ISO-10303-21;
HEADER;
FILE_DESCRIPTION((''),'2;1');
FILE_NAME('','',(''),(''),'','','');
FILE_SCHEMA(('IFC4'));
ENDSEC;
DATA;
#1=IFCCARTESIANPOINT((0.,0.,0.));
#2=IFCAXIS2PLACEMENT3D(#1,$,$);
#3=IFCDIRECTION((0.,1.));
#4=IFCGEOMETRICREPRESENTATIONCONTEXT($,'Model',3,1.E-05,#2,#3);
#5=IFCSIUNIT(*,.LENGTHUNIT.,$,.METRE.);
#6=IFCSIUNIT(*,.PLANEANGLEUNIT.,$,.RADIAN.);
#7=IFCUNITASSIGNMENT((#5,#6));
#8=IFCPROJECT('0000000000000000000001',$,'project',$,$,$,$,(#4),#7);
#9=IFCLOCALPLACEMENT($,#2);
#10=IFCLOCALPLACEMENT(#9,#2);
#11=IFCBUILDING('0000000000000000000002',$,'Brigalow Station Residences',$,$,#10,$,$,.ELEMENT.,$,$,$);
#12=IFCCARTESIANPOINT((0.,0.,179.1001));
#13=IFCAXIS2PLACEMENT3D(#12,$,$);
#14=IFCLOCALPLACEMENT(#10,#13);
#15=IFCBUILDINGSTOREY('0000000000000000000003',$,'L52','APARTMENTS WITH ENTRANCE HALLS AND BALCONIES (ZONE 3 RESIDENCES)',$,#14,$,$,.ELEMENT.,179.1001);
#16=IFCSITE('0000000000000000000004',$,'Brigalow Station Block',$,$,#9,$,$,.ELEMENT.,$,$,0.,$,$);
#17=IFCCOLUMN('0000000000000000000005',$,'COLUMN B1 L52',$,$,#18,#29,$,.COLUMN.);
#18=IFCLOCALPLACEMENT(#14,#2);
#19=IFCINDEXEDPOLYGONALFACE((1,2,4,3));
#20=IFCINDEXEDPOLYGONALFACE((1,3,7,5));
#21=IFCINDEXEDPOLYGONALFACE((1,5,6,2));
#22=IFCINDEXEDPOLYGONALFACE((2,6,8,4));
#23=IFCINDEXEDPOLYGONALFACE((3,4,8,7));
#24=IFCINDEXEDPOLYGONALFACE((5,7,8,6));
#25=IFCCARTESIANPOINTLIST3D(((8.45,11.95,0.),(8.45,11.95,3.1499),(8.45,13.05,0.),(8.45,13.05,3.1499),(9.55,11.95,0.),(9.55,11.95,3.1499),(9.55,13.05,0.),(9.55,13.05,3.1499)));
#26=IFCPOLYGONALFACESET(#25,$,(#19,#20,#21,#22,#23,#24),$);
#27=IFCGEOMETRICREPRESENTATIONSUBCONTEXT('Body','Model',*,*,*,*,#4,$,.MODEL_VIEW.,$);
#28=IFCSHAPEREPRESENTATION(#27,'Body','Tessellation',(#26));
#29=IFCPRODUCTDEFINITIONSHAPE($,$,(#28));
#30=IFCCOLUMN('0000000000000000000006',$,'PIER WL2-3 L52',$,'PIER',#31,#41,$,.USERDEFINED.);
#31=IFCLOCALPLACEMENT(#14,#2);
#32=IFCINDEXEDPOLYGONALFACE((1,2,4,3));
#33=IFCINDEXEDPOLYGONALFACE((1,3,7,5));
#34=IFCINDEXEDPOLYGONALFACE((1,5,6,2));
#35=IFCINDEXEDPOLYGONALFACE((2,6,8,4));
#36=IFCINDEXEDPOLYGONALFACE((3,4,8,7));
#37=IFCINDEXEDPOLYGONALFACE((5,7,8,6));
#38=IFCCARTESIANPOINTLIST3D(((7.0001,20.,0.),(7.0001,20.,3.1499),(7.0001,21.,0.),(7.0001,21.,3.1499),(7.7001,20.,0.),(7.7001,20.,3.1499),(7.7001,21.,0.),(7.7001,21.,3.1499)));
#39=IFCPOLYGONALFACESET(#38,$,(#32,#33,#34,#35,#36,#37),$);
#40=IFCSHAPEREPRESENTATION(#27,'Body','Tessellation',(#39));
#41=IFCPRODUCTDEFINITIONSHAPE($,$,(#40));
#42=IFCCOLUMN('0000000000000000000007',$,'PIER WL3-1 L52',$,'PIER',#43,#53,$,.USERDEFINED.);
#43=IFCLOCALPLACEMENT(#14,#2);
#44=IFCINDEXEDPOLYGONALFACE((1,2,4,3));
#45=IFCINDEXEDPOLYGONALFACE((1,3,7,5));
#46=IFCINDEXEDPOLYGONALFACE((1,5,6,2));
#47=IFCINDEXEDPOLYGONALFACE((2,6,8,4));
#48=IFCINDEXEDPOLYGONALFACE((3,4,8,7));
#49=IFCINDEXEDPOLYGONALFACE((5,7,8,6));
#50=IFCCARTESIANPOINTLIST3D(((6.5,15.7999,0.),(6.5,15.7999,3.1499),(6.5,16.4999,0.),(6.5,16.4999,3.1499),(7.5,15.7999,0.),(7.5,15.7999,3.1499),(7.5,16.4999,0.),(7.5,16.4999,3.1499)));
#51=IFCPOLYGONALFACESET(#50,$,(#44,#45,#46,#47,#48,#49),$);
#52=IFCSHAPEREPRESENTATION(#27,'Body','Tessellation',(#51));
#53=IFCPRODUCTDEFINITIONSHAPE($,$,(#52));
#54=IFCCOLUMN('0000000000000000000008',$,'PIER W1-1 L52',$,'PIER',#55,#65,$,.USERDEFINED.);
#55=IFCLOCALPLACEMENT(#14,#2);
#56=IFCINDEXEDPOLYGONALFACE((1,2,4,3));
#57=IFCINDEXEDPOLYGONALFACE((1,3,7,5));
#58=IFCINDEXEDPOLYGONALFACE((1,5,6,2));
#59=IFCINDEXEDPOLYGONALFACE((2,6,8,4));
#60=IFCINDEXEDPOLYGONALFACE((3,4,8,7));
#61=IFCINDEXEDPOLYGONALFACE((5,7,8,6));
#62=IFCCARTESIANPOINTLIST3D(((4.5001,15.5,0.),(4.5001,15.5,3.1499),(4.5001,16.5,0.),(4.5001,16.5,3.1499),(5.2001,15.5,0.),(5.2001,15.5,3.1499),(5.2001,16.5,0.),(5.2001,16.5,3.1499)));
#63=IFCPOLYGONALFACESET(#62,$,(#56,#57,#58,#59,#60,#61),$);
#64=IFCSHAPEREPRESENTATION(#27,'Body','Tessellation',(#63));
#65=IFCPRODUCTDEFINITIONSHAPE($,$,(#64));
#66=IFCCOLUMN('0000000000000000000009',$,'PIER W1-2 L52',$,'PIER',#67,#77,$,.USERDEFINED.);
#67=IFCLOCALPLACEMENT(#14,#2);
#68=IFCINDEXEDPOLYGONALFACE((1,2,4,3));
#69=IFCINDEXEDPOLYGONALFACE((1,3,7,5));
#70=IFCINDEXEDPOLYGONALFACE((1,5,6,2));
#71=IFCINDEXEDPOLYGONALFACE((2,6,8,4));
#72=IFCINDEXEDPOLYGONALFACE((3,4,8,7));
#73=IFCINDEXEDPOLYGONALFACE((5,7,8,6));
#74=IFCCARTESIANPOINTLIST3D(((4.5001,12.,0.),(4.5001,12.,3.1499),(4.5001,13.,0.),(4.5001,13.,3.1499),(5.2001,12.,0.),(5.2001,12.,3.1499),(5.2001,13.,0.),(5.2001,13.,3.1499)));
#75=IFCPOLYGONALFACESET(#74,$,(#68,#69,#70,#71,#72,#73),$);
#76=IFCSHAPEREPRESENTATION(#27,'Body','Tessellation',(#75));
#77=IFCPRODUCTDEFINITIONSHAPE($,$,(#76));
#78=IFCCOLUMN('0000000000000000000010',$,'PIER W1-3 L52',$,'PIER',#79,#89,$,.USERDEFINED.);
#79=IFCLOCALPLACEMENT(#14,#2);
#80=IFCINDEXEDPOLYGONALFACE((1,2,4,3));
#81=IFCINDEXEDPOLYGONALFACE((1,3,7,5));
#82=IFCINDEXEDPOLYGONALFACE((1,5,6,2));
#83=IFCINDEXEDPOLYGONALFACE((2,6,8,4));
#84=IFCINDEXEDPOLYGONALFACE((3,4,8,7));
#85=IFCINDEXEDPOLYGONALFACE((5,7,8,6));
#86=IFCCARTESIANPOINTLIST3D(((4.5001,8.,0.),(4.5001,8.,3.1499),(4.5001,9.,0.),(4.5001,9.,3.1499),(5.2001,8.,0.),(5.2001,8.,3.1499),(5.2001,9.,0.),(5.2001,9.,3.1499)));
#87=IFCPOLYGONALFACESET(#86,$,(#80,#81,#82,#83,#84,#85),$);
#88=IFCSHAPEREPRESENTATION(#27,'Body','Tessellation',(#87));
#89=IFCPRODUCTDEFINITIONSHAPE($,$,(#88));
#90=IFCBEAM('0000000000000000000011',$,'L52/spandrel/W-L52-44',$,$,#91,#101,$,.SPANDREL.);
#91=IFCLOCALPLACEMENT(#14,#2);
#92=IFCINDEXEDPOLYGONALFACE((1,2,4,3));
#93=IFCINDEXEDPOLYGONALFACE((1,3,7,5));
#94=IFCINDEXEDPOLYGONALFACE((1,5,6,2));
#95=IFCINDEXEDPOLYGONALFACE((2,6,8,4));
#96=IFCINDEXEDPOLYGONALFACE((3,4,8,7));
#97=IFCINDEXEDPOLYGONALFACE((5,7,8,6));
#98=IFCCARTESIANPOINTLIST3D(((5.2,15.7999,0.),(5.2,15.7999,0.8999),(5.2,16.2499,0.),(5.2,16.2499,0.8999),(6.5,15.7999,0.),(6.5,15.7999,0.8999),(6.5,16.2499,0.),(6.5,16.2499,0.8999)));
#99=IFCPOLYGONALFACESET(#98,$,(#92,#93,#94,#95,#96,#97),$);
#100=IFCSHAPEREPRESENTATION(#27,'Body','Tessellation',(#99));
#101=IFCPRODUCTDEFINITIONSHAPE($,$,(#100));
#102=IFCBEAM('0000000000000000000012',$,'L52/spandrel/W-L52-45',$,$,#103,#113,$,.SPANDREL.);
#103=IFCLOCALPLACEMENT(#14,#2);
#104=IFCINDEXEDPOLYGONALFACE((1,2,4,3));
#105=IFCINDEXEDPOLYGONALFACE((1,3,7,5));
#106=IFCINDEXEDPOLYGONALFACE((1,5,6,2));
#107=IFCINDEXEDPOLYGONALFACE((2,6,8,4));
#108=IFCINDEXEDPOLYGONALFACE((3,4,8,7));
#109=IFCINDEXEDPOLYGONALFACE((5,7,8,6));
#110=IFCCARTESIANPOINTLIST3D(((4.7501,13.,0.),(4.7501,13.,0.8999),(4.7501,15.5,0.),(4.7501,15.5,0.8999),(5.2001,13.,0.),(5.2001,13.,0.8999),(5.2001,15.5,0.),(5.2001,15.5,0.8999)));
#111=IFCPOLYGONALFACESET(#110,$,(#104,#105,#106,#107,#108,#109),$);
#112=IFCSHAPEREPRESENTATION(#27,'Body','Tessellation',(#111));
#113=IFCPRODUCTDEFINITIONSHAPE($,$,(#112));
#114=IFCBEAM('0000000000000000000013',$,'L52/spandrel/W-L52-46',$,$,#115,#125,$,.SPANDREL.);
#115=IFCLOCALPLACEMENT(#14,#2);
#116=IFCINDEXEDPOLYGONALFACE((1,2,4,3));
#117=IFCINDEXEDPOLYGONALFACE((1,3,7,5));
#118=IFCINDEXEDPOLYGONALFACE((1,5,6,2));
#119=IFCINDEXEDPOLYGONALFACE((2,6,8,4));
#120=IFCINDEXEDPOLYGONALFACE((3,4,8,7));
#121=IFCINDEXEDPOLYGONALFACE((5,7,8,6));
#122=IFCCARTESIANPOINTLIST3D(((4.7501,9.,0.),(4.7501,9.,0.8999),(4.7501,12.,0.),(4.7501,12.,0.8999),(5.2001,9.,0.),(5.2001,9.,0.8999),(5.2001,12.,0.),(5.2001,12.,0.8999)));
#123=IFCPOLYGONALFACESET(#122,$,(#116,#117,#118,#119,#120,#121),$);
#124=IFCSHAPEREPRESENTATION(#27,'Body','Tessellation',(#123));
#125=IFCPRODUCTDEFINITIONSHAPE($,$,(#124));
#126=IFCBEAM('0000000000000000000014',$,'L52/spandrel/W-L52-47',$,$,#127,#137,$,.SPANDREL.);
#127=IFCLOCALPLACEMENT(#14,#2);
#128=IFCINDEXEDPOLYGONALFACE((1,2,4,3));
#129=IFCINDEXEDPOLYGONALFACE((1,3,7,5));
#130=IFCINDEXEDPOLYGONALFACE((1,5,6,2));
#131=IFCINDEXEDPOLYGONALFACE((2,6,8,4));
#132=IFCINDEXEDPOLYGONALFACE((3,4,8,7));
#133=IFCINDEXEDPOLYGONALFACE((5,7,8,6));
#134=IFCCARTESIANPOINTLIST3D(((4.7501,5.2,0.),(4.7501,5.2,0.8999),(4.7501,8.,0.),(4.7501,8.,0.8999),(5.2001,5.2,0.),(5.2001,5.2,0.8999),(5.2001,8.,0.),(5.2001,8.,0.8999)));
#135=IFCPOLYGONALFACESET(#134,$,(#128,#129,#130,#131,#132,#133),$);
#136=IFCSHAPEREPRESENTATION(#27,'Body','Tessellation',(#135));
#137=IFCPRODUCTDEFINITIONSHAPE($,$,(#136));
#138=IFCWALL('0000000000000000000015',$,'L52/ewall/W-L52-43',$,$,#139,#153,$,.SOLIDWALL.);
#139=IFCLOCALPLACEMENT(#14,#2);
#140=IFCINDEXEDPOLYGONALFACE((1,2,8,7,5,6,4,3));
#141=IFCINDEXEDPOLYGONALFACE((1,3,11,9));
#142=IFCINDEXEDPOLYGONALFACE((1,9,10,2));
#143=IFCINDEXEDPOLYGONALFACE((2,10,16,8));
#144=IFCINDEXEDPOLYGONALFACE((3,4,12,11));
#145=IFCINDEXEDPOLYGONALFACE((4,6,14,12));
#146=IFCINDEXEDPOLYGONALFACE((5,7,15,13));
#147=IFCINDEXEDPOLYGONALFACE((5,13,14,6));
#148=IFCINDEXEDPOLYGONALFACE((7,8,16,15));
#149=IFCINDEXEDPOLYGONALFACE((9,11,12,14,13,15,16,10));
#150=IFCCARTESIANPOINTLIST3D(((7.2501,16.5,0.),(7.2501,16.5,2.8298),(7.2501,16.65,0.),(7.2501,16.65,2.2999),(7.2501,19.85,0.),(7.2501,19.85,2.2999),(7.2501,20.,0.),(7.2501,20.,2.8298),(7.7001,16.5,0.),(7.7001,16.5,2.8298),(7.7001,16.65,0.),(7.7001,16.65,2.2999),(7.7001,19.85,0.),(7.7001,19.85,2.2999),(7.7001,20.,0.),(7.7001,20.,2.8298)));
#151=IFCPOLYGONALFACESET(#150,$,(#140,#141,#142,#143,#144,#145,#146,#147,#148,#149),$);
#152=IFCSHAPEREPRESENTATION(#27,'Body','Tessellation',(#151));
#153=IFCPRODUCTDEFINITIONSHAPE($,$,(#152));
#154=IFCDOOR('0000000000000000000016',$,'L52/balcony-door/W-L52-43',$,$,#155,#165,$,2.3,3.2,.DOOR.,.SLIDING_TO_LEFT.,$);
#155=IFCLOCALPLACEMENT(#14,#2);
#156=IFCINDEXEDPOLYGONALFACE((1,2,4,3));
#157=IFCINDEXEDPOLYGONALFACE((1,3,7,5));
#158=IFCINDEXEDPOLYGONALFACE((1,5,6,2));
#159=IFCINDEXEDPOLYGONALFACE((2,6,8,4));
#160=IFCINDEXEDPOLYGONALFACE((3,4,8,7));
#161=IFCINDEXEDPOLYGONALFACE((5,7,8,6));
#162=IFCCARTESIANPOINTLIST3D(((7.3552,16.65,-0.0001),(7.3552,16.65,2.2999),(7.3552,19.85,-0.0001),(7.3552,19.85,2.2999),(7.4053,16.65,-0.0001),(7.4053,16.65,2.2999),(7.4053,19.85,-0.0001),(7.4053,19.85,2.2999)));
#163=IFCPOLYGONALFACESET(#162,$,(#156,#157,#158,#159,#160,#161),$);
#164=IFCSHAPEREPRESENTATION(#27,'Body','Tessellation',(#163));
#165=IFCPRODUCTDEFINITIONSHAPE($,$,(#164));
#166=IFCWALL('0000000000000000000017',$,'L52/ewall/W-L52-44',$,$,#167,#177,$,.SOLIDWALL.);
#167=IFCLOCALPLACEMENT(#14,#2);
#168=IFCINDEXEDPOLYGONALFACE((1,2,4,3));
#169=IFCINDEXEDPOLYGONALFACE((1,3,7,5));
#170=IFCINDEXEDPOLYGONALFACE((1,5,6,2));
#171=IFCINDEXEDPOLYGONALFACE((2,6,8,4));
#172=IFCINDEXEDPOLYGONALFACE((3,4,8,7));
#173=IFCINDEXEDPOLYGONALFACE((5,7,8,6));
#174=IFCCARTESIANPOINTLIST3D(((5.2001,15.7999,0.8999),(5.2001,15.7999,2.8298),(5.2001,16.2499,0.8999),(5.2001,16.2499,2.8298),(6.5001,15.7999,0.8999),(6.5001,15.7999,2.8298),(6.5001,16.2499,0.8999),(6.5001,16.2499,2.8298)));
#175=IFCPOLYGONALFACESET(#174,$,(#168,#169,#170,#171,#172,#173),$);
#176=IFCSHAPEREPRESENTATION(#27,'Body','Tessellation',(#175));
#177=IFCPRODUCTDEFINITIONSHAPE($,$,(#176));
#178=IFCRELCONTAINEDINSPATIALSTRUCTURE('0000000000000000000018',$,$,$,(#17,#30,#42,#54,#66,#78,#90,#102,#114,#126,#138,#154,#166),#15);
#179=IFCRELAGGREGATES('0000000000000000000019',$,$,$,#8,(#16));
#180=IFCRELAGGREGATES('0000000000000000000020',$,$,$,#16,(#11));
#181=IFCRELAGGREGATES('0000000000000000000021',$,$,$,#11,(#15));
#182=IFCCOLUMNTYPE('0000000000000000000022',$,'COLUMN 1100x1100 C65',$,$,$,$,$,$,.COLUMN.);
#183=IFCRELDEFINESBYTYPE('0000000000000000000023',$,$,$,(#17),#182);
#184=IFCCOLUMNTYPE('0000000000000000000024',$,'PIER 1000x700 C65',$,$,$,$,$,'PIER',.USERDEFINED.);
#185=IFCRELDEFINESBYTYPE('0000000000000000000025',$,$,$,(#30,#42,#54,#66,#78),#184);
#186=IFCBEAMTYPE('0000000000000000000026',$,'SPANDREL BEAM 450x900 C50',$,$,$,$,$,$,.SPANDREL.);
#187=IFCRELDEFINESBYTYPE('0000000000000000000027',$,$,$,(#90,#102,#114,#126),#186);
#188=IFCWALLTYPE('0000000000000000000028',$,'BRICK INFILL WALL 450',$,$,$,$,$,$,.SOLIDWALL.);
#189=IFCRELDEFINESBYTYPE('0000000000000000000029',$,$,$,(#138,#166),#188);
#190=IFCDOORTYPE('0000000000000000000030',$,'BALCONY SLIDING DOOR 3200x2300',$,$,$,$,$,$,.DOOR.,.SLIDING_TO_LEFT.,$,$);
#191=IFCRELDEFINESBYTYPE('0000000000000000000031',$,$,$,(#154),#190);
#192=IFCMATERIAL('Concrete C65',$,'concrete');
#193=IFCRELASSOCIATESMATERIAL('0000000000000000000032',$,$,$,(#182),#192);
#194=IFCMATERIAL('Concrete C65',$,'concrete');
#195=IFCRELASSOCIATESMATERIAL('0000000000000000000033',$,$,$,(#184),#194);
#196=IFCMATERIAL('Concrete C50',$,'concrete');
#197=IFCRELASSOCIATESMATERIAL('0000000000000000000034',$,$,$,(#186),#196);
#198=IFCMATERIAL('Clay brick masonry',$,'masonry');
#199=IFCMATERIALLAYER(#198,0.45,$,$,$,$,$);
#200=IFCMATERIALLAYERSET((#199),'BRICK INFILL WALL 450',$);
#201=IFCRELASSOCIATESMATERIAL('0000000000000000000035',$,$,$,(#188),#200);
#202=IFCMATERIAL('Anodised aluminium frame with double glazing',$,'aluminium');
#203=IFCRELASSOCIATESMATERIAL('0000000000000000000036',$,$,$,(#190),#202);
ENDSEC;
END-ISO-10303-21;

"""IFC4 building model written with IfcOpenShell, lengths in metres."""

from ifc_helpers import new_model, si_unit, direction, frame, frame_2d, origin, origin_2d, place, context, subcontext, project, spatial, rectangle, extrude, material, layer, layer_set, material_profile, profile_set, type_object, element, fill, save


model = new_model("IFC4")

# Units and contexts
model_context = context("Model", 3, precision=1e-05, world=origin(), true_north=direction((0.0, 1.0)))
body_context = subcontext(model_context, "Body", "Model", "MODEL_VIEW")
ifc_project = project(units=[si_unit("LENGTHUNIT", "METRE"), si_unit("PLANEANGLEUNIT", "RADIAN")], contexts=[model_context])

# Site, building, storey
site_placement = place(None, origin())
site = spatial("IfcSite", under=ifc_project, at=site_placement, Name="Brigalow Station Block", CompositionType="ELEMENT", RefElevation=0.0)
building_placement = place(site_placement, origin())
building = spatial("IfcBuilding", under=site, at=building_placement, Name="Brigalow Station Residences", CompositionType="ELEMENT")
storey_placement = place(building_placement, frame((0.0, 0.0, 179.1001)))
storey = spatial("IfcBuildingStorey", under=building, at=storey_placement, Name="L52", Description="APARTMENTS WITH ENTRANCE HALLS AND BALCONIES (ZONE 3 RESIDENCES)", CompositionType="ELEMENT", Elevation=179.1001)

# Columns
ifc_material_1 = material(Name="Concrete C65", Category="concrete")
ifc_material_profile_1 = material_profile(ifc_material_1, rectangle(XDim=1.1001, YDim=1.1001, at=origin_2d()), Name="RC1100x1100")
ifc_profile_set_1 = profile_set([ifc_material_profile_1], Name="Concrete C65")
column_type_1 = type_object("IfcColumnType", Name="COLUMN 1100x1100 C65", PredefinedType="COLUMN", material=ifc_profile_set_1)
column_placement = place(storey_placement, frame((9.0, 12.5, 0.0), z_axis=(0.0, 0.0, 1.0), x_axis=(1.0, 0.0, 0.0)))
element("IfcColumn", 1, at=column_placement, inside=storey, type_object=column_type_1, Name="COLUMN B1 L52", PredefinedType="COLUMN", context=body_context, shape_type="SweptSolid", body=[
    extrude(rectangle(XDim=1.1001, YDim=1.1001, at=origin_2d()), origin(), (0.0, 0.0, 1.0), 3.1499),
])
ifc_material_2 = material(Name="Concrete C65", Category="concrete")
ifc_material_profile_2 = material_profile(ifc_material_2, rectangle(XDim=1.0, YDim=0.7, at=origin_2d()), Name="RC1000x700")
ifc_profile_set_2 = profile_set([ifc_material_profile_2], Name="Concrete C65")
column_type_2 = type_object("IfcColumnType", Name="PIER 1000x700 C65", ElementType="PIER", PredefinedType="USERDEFINED", material=ifc_profile_set_2)
for number, where, z_axis, x_axis, name in (
    (2, (7.3501, 20.5, 0.0), (0.0, 0.0, 1.0), (0.0, -1.0, 0.0), "PIER WL2-3 L52"),
    (3, (7.0, 16.1499, 0.0), (0.0, 0.0, 1.0), (-1.0, 0.0, 0.0), "PIER WL3-1 L52"),
    (4, (4.8501, 16.0, 0.0), (0.0, 0.0, 1.0), (0.0, -1.0, 0.0), "PIER W1-1 L52"),
    (5, (4.8501, 12.5, 0.0), (0.0, 0.0, 1.0), (0.0, -1.0, 0.0), "PIER W1-2 L52"),
    (6, (4.8501, 8.5, 0.0), (0.0, 0.0, 1.0), (0.0, -1.0, 0.0), "PIER W1-3 L52"),
):
    element("IfcColumn", number, at=place(storey_placement, frame(where, z_axis=z_axis, x_axis=x_axis)), inside=storey, type_object=column_type_2, Name=name, ObjectType="PIER", PredefinedType="USERDEFINED", context=body_context, shape_type="SweptSolid", body=[
        extrude(rectangle(XDim=1.0, YDim=0.7, at=origin_2d()), origin(), (0.0, 0.0, 1.0), 3.1499),
    ])

# Beams
ifc_material_3 = material(Name="Concrete C50", Category="concrete")
ifc_material_profile_3 = material_profile(ifc_material_3, rectangle(XDim=0.45, YDim=0.8999, at=origin_2d()), Name="RC450x900")
ifc_profile_set_3 = profile_set([ifc_material_profile_3], Name="Concrete C50")
beam_type = type_object("IfcBeamType", Name="SPANDREL BEAM 450x900 C50", PredefinedType="SPANDREL", material=ifc_profile_set_3)
beam_1_placement = place(storey_placement, frame((6.5, 16.0249, 0.45), z_axis=(-1.0, 0.0, 0.0), x_axis=(0.0, -1.0, 0.0)))
element("IfcBeam", 7, at=beam_1_placement, inside=storey, type_object=beam_type, Name="L52/spandrel/W-L52-44", PredefinedType="SPANDREL", context=body_context, shape_type="SweptSolid", body=[
    extrude(rectangle(XDim=0.45, YDim=0.8999, at=origin_2d()), origin(), (0.0, 0.0, 1.0), 1.3),
])
beam_2_placement = place(storey_placement, frame((4.9751, 15.5, 0.45), z_axis=(0.0, -1.0, 0.0), x_axis=(1.0, 0.0, 0.0)))
element("IfcBeam", 8, at=beam_2_placement, inside=storey, type_object=beam_type, Name="L52/spandrel/W-L52-45", PredefinedType="SPANDREL", context=body_context, shape_type="SweptSolid", body=[
    extrude(rectangle(XDim=0.45, YDim=0.8999, at=origin_2d()), origin(), (0.0, 0.0, 1.0), 2.5),
])
beam_3_placement = place(storey_placement, frame((4.9751, 12.0, 0.45), z_axis=(0.0, -1.0, 0.0), x_axis=(1.0, 0.0, 0.0)))
element("IfcBeam", 9, at=beam_3_placement, inside=storey, type_object=beam_type, Name="L52/spandrel/W-L52-46", PredefinedType="SPANDREL", context=body_context, shape_type="SweptSolid", body=[
    extrude(rectangle(XDim=0.45, YDim=0.8999, at=origin_2d()), origin(), (0.0, 0.0, 1.0), 3.0),
])
beam_4_placement = place(storey_placement, frame((4.9751, 8.0, 0.45), z_axis=(0.0, -1.0, 0.0), x_axis=(1.0, 0.0, 0.0)))
element("IfcBeam", 10, at=beam_4_placement, inside=storey, type_object=beam_type, Name="L52/spandrel/W-L52-47", PredefinedType="SPANDREL", context=body_context, shape_type="SweptSolid", body=[
    extrude(rectangle(XDim=0.45, YDim=0.8999, at=origin_2d()), origin(), (0.0, 0.0, 1.0), 2.8),
])

# Wall, opening, door
ifc_material_4 = material(Name="Clay brick masonry", Category="masonry")
ifc_layer_1 = layer(ifc_material_4, 0.45)
ifc_layer_set_1 = layer_set([ifc_layer_1], Name="BRICK INFILL WALL 450")
wall_type_1 = type_object("IfcWallType", Name="BRICK INFILL WALL 450", PredefinedType="SOLIDWALL", material=ifc_layer_set_1)
wall_1_placement = place(storey_placement, frame((7.4751, 20.0, 0.0), z_axis=(0.0, 0.0, 1.0), x_axis=(0.0, -1.0, 0.0)))
wall_1 = element("IfcWall", 11, at=wall_1_placement, inside=storey, type_object=wall_type_1, Name="L52/ewall/W-L52-43", PredefinedType="SOLIDWALL", context=body_context, shape_type="SweptSolid", body=[
    extrude(rectangle(XDim=3.5, YDim=0.45, at=frame_2d((1.75, 0.0))), origin(), (0.0, 0.0, 1.0), 2.8298),
])
opening_1_placement = place(wall_1_placement, frame((0.1499, 0.0, 0.0)))
opening_1 = element("IfcOpeningElement", 12, at=opening_1_placement, cuts=wall_1, PredefinedType="OPENING", context=body_context, shape_type="SweptSolid", body=[
    extrude(rectangle(XDim=3.2, YDim=2.3, at=frame_2d((1.6001, 1.1499))), frame((0.0, 0.2349, 0.0), z_axis=(0.0, -1.0, 0.0), x_axis=(1.0, 0.0, 0.0)), (0.0, 0.0, 1.0), 0.47),
])
ifc_material_5 = material(Name="Anodised aluminium frame with double glazing", Category="aluminium")
door_type_1 = type_object("IfcDoorType", Name="BALCONY SLIDING DOOR 3200x2300", OperationType="SLIDING_TO_LEFT", PredefinedType="DOOR", material=ifc_material_5)
door_1_placement = place(opening_1_placement, origin())
door_1 = element("IfcDoor", 13, at=door_1_placement, inside=storey, type_object=door_type_1, Name="L52/balcony-door/W-L52-43", OperationType="SLIDING_TO_LEFT", OverallHeight=2.3, OverallWidth=3.2, PredefinedType="DOOR", context=body_context, shape_type="SweptSolid", body=[
    extrude(rectangle(XDim=3.2, YDim=2.3, at=frame_2d((1.6001, 1.1499))), frame((0.0, -0.0698, 0.0), z_axis=(0.0, -1.0, 0.0), x_axis=(1.0, 0.0, 0.0)), (0.0, 0.0, 1.0), 0.05),
])
fill(opening_1, door_1)

# Wall
wall_2_placement = place(storey_placement, frame((6.5, 16.0249, 0.8999), z_axis=(0.0, 0.0, 1.0), x_axis=(-1.0, 0.0, 0.0)))
element("IfcWall", 14, at=wall_2_placement, inside=storey, type_object=wall_type_1, Name="L52/ewall/W-L52-44", PredefinedType="SOLIDWALL", context=body_context, shape_type="SweptSolid", body=[
    extrude(rectangle(XDim=1.3, YDim=0.45, at=frame_2d((0.6499, 0.0))), origin(), (0.0, 0.0, 1.0), 1.9299),
])

save(model, "model.ifc")
